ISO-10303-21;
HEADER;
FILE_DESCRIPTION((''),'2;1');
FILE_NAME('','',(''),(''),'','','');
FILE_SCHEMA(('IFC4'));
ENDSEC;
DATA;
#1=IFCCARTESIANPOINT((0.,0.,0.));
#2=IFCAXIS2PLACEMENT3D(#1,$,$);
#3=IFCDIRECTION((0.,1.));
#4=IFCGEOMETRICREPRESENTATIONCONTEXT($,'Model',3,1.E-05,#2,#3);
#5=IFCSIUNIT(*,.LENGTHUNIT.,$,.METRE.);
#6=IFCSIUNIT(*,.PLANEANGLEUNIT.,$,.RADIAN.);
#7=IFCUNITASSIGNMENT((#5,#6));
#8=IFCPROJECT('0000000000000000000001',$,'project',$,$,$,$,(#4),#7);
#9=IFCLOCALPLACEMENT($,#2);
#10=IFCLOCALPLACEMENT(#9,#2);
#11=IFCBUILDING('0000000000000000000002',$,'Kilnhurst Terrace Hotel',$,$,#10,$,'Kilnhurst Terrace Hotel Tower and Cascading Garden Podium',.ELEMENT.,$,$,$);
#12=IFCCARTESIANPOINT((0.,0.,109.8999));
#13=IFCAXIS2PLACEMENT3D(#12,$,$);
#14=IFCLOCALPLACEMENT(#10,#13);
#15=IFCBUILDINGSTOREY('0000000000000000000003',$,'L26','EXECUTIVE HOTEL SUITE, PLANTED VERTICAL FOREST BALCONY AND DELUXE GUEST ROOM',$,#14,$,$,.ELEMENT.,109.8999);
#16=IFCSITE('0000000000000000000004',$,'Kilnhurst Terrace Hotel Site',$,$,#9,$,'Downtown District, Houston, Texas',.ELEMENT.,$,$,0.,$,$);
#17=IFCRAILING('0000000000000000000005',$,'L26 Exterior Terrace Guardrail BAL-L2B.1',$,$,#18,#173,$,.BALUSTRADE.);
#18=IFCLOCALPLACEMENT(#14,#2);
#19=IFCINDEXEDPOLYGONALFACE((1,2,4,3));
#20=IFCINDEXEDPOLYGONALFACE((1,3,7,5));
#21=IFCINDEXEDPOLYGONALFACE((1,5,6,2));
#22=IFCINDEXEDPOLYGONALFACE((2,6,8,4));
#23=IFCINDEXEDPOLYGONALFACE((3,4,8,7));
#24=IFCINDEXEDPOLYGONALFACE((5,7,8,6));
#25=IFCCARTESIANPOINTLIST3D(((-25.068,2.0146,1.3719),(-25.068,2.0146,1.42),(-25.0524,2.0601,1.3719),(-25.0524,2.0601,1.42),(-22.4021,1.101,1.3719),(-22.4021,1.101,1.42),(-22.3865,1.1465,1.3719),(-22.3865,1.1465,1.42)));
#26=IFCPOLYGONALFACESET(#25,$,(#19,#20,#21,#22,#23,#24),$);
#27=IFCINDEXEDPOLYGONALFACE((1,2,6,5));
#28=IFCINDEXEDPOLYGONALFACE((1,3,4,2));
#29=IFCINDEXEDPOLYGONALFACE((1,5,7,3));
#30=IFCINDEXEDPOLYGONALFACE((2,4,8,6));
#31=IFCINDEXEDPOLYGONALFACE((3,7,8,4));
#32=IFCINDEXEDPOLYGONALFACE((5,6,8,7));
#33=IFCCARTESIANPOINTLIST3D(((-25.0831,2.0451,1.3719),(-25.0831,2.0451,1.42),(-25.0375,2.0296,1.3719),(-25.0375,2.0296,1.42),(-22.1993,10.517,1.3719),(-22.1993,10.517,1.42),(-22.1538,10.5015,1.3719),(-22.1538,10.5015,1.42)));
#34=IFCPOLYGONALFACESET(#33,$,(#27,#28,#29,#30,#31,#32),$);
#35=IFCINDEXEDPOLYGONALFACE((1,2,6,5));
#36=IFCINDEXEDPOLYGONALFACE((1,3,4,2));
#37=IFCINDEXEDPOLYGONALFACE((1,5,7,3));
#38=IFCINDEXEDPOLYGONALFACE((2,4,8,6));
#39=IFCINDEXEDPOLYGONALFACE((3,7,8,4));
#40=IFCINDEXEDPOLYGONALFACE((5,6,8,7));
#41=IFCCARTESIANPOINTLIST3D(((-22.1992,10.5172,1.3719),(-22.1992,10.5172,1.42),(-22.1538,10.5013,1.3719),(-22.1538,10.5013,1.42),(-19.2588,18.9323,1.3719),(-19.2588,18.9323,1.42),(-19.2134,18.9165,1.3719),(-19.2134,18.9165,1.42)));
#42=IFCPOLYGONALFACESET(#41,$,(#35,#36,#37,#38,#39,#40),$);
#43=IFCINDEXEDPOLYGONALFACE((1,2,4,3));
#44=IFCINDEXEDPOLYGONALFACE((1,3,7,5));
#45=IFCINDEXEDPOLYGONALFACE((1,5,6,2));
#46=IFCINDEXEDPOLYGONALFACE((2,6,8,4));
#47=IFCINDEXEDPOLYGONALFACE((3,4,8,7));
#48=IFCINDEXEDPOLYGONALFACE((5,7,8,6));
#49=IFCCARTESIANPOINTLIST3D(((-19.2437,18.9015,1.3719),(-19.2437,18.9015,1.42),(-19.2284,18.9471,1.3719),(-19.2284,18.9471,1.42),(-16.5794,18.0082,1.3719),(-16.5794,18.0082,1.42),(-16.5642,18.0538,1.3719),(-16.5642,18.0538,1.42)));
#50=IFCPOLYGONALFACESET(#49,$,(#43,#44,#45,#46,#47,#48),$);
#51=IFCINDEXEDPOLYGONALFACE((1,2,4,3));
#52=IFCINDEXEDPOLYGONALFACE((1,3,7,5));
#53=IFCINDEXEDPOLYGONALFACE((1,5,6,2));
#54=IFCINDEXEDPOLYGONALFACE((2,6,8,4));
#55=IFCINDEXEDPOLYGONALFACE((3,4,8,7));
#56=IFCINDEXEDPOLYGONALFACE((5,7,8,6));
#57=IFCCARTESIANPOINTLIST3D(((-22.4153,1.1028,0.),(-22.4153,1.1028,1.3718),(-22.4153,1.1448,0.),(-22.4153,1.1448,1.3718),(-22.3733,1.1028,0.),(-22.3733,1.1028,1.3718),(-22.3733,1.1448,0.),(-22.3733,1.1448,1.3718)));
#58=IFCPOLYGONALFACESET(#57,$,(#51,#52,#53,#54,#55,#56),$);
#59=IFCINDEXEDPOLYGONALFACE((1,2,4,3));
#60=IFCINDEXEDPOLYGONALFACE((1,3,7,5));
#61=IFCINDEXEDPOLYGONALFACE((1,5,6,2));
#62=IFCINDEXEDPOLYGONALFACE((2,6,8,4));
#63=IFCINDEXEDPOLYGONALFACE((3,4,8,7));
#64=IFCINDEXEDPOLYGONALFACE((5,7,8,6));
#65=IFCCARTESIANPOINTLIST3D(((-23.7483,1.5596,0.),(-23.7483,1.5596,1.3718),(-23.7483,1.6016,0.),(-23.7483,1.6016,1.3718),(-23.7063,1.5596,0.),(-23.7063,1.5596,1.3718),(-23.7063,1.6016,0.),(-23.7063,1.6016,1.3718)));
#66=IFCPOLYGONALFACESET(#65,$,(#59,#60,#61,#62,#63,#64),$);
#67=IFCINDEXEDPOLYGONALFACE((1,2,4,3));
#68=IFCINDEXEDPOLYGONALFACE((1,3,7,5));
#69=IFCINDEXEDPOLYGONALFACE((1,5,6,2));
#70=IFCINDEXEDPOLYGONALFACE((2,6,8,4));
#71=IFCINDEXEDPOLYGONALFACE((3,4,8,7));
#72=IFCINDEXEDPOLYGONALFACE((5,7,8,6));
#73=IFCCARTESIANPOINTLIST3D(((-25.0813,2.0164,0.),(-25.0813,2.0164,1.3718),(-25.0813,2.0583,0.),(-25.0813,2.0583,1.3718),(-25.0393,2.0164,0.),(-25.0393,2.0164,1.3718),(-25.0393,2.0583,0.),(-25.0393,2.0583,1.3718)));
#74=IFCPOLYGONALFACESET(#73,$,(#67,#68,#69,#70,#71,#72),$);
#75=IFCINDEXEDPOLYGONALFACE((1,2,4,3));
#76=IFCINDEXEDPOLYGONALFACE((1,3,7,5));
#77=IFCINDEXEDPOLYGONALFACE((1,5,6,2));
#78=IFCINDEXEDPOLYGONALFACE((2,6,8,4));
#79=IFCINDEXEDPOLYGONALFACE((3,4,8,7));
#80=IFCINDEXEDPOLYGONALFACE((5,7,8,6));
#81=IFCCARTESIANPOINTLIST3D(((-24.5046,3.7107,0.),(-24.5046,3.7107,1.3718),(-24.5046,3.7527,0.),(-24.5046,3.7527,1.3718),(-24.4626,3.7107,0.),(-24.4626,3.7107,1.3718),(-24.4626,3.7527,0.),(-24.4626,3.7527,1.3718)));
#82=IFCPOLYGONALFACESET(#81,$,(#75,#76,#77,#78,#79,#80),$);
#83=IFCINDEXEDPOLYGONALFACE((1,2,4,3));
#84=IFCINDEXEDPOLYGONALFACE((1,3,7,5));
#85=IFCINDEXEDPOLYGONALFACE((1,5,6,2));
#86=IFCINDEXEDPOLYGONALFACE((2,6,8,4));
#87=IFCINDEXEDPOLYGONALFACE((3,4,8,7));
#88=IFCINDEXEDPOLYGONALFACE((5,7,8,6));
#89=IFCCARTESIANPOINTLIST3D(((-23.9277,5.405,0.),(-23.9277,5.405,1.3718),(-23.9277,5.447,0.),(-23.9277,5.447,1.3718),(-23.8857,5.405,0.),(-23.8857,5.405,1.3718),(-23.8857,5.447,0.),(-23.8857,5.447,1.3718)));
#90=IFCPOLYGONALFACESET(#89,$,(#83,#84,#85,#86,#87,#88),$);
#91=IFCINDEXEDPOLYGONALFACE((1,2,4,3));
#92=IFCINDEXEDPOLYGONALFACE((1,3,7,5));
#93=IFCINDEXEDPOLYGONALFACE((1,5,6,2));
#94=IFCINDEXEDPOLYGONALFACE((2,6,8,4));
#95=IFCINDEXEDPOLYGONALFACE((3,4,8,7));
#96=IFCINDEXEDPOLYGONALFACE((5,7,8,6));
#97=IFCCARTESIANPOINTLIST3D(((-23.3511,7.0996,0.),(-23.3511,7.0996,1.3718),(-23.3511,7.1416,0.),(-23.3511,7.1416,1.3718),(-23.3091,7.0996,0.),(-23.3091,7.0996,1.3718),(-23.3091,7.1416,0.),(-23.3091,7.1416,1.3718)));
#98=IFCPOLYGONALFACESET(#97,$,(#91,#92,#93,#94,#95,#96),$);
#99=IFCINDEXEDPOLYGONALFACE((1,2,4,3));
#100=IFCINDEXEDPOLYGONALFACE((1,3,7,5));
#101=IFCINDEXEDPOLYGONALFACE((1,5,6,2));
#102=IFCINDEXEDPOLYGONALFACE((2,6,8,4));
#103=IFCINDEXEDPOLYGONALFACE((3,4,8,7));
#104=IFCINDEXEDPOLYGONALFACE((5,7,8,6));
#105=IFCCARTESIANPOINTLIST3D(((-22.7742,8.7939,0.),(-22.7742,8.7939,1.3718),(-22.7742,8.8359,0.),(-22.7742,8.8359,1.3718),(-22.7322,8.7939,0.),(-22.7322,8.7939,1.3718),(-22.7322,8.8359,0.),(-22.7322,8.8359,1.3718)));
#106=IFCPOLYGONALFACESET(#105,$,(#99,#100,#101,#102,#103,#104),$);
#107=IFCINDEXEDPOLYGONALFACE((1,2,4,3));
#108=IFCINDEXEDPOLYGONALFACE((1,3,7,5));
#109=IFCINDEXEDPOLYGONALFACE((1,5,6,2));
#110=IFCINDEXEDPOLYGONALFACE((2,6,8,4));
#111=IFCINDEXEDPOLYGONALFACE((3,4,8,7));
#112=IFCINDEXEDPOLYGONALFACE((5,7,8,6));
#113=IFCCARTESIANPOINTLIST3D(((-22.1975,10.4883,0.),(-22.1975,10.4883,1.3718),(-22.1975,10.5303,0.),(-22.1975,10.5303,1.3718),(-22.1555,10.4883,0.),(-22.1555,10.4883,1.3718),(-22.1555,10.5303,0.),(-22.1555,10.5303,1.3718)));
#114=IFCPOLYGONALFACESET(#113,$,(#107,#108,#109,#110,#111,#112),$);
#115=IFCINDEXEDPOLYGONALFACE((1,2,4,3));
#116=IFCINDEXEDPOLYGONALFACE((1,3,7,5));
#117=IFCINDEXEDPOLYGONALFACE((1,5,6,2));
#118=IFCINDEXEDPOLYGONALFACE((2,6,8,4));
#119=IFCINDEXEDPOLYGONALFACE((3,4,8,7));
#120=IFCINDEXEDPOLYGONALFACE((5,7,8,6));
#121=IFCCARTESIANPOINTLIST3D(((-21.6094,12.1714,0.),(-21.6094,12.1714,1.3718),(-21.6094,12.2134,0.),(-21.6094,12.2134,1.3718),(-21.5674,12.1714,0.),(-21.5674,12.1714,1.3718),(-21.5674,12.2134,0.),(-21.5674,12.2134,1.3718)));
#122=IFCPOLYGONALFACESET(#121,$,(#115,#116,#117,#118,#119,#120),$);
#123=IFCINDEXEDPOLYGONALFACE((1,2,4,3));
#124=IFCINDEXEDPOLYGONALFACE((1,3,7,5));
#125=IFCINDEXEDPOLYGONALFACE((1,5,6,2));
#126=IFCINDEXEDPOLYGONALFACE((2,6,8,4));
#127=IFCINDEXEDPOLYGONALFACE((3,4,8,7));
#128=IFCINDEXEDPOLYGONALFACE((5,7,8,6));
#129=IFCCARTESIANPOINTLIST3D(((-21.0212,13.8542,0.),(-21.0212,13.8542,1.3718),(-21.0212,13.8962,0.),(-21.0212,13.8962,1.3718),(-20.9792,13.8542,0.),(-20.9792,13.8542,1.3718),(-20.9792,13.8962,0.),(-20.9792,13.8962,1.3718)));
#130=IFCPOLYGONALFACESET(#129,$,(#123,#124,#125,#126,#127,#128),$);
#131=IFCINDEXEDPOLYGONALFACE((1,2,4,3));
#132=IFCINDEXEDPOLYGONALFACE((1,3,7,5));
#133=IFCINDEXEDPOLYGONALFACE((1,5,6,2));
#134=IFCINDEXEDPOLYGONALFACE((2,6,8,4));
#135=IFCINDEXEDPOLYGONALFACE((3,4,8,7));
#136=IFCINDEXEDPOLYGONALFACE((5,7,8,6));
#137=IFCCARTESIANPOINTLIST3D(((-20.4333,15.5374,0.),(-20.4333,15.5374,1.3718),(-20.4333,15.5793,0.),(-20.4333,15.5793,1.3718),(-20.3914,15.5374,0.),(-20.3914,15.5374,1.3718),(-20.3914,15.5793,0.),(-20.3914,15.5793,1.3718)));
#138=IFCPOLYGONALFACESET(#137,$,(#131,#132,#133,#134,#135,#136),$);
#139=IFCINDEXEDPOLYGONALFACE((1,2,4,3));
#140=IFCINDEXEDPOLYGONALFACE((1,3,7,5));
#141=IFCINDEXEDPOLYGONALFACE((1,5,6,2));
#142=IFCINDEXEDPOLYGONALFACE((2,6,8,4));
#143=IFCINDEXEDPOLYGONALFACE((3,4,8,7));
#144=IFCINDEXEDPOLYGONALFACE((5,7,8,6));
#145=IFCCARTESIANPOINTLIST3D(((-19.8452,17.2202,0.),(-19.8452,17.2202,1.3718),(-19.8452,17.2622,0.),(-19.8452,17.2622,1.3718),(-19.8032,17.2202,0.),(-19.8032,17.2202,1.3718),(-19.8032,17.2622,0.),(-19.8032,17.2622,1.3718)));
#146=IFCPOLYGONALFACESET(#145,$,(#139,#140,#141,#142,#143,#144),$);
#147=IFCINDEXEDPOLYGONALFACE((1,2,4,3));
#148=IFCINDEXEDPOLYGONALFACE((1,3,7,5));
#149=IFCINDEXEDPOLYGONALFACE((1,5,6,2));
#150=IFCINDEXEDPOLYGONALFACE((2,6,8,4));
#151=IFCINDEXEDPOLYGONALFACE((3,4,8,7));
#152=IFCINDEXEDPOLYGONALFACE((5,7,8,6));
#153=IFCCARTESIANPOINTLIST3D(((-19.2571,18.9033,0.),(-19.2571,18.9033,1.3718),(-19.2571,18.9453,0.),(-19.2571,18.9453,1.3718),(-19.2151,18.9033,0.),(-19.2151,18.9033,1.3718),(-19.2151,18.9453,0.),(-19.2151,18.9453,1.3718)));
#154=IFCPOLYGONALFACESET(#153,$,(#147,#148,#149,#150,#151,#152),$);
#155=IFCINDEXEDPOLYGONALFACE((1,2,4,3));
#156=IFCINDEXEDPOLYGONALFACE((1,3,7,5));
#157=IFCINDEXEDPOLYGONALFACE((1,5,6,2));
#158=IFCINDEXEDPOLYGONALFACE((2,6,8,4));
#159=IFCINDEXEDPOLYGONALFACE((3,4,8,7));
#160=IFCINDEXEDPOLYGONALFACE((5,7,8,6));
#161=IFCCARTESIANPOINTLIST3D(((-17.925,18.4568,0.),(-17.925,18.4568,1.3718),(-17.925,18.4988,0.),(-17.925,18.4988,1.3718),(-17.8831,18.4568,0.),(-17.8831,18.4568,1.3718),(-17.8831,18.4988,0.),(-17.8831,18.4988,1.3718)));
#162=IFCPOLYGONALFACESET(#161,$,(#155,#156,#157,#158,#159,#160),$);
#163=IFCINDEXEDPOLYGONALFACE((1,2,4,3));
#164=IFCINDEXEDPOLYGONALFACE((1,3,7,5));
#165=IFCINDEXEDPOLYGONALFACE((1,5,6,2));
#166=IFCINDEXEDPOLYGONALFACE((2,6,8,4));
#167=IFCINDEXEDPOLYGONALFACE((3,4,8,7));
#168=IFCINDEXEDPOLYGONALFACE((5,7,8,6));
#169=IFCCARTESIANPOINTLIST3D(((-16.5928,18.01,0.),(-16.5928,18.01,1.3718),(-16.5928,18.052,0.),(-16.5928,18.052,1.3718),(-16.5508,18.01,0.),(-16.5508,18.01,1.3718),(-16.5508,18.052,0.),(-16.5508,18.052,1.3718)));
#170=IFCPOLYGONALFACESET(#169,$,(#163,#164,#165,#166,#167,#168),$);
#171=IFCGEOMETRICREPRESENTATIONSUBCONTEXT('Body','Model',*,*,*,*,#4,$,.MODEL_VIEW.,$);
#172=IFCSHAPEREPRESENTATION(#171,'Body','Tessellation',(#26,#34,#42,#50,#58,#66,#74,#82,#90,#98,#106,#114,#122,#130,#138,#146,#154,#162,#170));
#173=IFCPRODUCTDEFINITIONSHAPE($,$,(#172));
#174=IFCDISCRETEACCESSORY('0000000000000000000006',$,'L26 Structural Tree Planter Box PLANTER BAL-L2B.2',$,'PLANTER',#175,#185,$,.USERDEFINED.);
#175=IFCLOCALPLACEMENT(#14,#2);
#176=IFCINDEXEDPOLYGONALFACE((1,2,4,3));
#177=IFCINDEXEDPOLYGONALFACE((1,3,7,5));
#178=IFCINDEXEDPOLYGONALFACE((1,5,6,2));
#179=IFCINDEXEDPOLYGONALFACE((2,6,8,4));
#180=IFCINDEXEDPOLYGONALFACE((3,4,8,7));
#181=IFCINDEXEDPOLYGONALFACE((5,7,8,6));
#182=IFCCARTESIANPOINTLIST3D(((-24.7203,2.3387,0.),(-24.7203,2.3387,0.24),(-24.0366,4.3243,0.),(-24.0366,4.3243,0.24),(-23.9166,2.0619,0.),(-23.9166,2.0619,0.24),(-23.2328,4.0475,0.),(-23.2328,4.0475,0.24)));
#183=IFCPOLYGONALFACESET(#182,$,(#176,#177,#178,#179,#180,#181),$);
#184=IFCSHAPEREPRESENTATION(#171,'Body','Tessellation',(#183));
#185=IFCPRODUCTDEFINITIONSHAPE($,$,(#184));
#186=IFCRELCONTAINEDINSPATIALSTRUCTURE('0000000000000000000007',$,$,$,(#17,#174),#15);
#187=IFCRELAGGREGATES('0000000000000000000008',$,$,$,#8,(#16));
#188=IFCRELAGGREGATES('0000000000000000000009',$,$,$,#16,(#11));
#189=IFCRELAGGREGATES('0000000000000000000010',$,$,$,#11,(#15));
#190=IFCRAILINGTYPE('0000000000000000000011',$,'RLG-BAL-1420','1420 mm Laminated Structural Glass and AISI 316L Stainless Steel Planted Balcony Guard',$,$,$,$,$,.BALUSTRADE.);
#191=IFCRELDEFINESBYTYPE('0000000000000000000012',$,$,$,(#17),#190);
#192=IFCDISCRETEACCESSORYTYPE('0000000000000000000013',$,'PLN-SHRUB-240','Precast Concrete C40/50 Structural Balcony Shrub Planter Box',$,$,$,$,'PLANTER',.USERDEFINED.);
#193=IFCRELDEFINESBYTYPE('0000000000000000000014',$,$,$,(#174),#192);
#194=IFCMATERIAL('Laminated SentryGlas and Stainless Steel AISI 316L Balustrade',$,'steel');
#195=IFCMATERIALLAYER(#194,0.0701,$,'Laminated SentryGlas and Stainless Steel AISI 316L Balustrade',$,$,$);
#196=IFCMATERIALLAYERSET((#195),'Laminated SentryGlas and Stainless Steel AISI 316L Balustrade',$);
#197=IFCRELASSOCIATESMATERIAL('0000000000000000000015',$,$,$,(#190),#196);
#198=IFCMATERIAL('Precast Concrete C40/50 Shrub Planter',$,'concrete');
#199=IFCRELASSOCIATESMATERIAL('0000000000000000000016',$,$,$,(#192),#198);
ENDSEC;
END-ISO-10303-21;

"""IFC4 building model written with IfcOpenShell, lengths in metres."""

from ifc_helpers import new_model, si_unit, direction, frame, origin, origin_2d, place, context, subcontext, project, spatial, rectangle, extrude, material, layer, layer_set, type_object, element, save


model = new_model("IFC4")

# Units and contexts
model_context = context("Model", 3, precision=1e-05, world=origin(), true_north=direction((0.0, 1.0)))
body_context = subcontext(model_context, "Body", "Model", "MODEL_VIEW")
ifc_project = project(units=[si_unit("LENGTHUNIT", "METRE"), si_unit("PLANEANGLEUNIT", "RADIAN")], contexts=[model_context])

# Site, building, storey
site_placement = place(None, origin())
site = spatial("IfcSite", under=ifc_project, at=site_placement, Name="Kilnhurst Terrace Hotel Site", LongName="Downtown District, Houston, Texas", CompositionType="ELEMENT", RefElevation=0.0)
building_placement = place(site_placement, origin())
building = spatial("IfcBuilding", under=site, at=building_placement, Name="Kilnhurst Terrace Hotel", LongName="Kilnhurst Terrace Hotel Tower and Cascading Garden Podium", CompositionType="ELEMENT")
storey_placement = place(building_placement, frame((0.0, 0.0, 109.8999)))
storey = spatial("IfcBuildingStorey", under=building, at=storey_placement, Name="L26", Description="EXECUTIVE HOTEL SUITE, PLANTED VERTICAL FOREST BALCONY AND DELUXE GUEST ROOM", CompositionType="ELEMENT", Elevation=109.8999)

# Railing
ifc_material_1 = material(Name="Laminated SentryGlas and Stainless Steel AISI 316L Balustrade", Category="steel")
ifc_layer_1 = layer(ifc_material_1, 0.0701, Name="Laminated SentryGlas and Stainless Steel AISI 316L Balustrade")
ifc_layer_set_1 = layer_set([ifc_layer_1], Name="Laminated SentryGlas and Stainless Steel AISI 316L Balustrade")
railing_type = type_object("IfcRailingType", Name="RLG-BAL-1420", Description="1420 mm Laminated Structural Glass and AISI 316L Stainless Steel Planted Balcony Guard", PredefinedType="BALUSTRADE", material=ifc_layer_set_1)
railing_placement = place(storey_placement, frame((-22.3943, 1.1238, 0.0)))
element("IfcRailing", 1, at=railing_placement, inside=storey, type_object=railing_type, Name="L26 Exterior Terrace Guardrail BAL-L2B.1", PredefinedType="BALUSTRADE", context=body_context, shape_type="SweptSolid", body=[
    extrude(rectangle(XDim=0.0481, YDim=0.0481, at=origin_2d()), frame((0.0, 0.0, 1.396), z_axis=(-0.945999, 0.324169, 0.0), x_axis=(-0.324169, -0.945999, 0.0)), (0.0, 0.0, 1.0), 2.8181),
    extrude(rectangle(XDim=0.0481, YDim=0.0481, at=origin_2d()), frame((-2.666, 0.9136, 1.396), z_axis=(0.322237, 0.946659, 0.0), x_axis=(-0.946659, 0.322237, 0.0)), (0.0, 0.0, 1.0), 8.9492),
    extrude(rectangle(XDim=0.0481, YDim=0.0481, at=origin_2d()), frame((0.2178, 9.3855, 1.396), z_axis=(0.329867, 0.944027, 0.0), x_axis=(-0.944027, 0.329867, 0.0)), (0.0, 0.0, 1.0), 8.9141),
    extrude(rectangle(XDim=0.0481, YDim=0.0481, at=origin_2d()), frame((3.1582, 17.8005, 1.396), z_axis=(0.948126, -0.317895, 0.0), x_axis=(0.317895, 0.948126, 0.0)), (0.0, 0.0, 1.0), 2.8101),
    extrude(rectangle(XDim=0.042, YDim=0.042, at=origin_2d()), origin(), (0.0, 0.0, 1.0), 1.3718),
    extrude(rectangle(XDim=0.042, YDim=0.042, at=origin_2d()), frame((-1.333, 0.4568, 0.0)), (0.0, 0.0, 1.0), 1.3718),
    extrude(rectangle(XDim=0.042, YDim=0.042, at=origin_2d()), frame((-2.666, 0.9136, 0.0)), (0.0, 0.0, 1.0), 1.3718),
    extrude(rectangle(XDim=0.042, YDim=0.042, at=origin_2d()), frame((-2.0894, 2.6079, 0.0)), (0.0, 0.0, 1.0), 1.3718),
    extrude(rectangle(XDim=0.042, YDim=0.042, at=origin_2d()), frame((-1.5125, 4.3022, 0.0)), (0.0, 0.0, 1.0), 1.3718),
    extrude(rectangle(XDim=0.042, YDim=0.042, at=origin_2d()), frame((-0.9358, 5.9968, 0.0)), (0.0, 0.0, 1.0), 1.3718),
    extrude(rectangle(XDim=0.042, YDim=0.042, at=origin_2d()), frame((-0.3589, 7.6912, 0.0)), (0.0, 0.0, 1.0), 1.3718),
    extrude(rectangle(XDim=0.042, YDim=0.042, at=origin_2d()), frame((0.2178, 9.3855, 0.0)), (0.0, 0.0, 1.0), 1.3718),
    extrude(rectangle(XDim=0.042, YDim=0.042, at=origin_2d()), frame((0.8059, 11.0686, 0.0)), (0.0, 0.0, 1.0), 1.3718),
    extrude(rectangle(XDim=0.042, YDim=0.042, at=origin_2d()), frame((1.394, 12.7515, 0.0)), (0.0, 0.0, 1.0), 1.3718),
    extrude(rectangle(XDim=0.042, YDim=0.042, at=origin_2d()), frame((1.9819, 14.4346, 0.0)), (0.0, 0.0, 1.0), 1.3718),
    extrude(rectangle(XDim=0.042, YDim=0.042, at=origin_2d()), frame((2.5701, 16.1174, 0.0)), (0.0, 0.0, 1.0), 1.3718),
    extrude(rectangle(XDim=0.042, YDim=0.042, at=origin_2d()), frame((3.1582, 17.8005, 0.0)), (0.0, 0.0, 1.0), 1.3718),
    extrude(rectangle(XDim=0.042, YDim=0.042, at=origin_2d()), frame((4.4902, 17.354, 0.0)), (0.0, 0.0, 1.0), 1.3718),
    extrude(rectangle(XDim=0.042, YDim=0.042, at=origin_2d()), frame((5.8225, 16.9072, 0.0)), (0.0, 0.0, 1.0), 1.3718),
])

# Discrete accessory
ifc_material_2 = material(Name="Precast Concrete C40/50 Shrub Planter", Category="concrete")
discrete_accessory_type = type_object("IfcDiscreteAccessoryType", Name="PLN-SHRUB-240", Description="Precast Concrete C40/50 Structural Balcony Shrub Planter Box", ElementType="PLANTER", PredefinedType="USERDEFINED", material=ifc_material_2)
discrete_accessory_placement = place(storey_placement, frame((-23.9766, 3.1931, 0.0), z_axis=(0.0, 0.0, 1.0), x_axis=(-0.325601, -0.945507, 0.0)))
element("IfcDiscreteAccessory", 2, at=discrete_accessory_placement, inside=storey, type_object=discrete_accessory_type, Name="L26 Structural Tree Planter Box PLANTER BAL-L2B.2", ObjectType="PLANTER", PredefinedType="USERDEFINED", context=body_context, shape_type="SweptSolid", body=[
    extrude(rectangle(XDim=2.1001, YDim=0.8501, at=origin_2d()), origin(), (0.0, 0.0, 1.0), 0.24),
])

save(model, "model.ifc")
